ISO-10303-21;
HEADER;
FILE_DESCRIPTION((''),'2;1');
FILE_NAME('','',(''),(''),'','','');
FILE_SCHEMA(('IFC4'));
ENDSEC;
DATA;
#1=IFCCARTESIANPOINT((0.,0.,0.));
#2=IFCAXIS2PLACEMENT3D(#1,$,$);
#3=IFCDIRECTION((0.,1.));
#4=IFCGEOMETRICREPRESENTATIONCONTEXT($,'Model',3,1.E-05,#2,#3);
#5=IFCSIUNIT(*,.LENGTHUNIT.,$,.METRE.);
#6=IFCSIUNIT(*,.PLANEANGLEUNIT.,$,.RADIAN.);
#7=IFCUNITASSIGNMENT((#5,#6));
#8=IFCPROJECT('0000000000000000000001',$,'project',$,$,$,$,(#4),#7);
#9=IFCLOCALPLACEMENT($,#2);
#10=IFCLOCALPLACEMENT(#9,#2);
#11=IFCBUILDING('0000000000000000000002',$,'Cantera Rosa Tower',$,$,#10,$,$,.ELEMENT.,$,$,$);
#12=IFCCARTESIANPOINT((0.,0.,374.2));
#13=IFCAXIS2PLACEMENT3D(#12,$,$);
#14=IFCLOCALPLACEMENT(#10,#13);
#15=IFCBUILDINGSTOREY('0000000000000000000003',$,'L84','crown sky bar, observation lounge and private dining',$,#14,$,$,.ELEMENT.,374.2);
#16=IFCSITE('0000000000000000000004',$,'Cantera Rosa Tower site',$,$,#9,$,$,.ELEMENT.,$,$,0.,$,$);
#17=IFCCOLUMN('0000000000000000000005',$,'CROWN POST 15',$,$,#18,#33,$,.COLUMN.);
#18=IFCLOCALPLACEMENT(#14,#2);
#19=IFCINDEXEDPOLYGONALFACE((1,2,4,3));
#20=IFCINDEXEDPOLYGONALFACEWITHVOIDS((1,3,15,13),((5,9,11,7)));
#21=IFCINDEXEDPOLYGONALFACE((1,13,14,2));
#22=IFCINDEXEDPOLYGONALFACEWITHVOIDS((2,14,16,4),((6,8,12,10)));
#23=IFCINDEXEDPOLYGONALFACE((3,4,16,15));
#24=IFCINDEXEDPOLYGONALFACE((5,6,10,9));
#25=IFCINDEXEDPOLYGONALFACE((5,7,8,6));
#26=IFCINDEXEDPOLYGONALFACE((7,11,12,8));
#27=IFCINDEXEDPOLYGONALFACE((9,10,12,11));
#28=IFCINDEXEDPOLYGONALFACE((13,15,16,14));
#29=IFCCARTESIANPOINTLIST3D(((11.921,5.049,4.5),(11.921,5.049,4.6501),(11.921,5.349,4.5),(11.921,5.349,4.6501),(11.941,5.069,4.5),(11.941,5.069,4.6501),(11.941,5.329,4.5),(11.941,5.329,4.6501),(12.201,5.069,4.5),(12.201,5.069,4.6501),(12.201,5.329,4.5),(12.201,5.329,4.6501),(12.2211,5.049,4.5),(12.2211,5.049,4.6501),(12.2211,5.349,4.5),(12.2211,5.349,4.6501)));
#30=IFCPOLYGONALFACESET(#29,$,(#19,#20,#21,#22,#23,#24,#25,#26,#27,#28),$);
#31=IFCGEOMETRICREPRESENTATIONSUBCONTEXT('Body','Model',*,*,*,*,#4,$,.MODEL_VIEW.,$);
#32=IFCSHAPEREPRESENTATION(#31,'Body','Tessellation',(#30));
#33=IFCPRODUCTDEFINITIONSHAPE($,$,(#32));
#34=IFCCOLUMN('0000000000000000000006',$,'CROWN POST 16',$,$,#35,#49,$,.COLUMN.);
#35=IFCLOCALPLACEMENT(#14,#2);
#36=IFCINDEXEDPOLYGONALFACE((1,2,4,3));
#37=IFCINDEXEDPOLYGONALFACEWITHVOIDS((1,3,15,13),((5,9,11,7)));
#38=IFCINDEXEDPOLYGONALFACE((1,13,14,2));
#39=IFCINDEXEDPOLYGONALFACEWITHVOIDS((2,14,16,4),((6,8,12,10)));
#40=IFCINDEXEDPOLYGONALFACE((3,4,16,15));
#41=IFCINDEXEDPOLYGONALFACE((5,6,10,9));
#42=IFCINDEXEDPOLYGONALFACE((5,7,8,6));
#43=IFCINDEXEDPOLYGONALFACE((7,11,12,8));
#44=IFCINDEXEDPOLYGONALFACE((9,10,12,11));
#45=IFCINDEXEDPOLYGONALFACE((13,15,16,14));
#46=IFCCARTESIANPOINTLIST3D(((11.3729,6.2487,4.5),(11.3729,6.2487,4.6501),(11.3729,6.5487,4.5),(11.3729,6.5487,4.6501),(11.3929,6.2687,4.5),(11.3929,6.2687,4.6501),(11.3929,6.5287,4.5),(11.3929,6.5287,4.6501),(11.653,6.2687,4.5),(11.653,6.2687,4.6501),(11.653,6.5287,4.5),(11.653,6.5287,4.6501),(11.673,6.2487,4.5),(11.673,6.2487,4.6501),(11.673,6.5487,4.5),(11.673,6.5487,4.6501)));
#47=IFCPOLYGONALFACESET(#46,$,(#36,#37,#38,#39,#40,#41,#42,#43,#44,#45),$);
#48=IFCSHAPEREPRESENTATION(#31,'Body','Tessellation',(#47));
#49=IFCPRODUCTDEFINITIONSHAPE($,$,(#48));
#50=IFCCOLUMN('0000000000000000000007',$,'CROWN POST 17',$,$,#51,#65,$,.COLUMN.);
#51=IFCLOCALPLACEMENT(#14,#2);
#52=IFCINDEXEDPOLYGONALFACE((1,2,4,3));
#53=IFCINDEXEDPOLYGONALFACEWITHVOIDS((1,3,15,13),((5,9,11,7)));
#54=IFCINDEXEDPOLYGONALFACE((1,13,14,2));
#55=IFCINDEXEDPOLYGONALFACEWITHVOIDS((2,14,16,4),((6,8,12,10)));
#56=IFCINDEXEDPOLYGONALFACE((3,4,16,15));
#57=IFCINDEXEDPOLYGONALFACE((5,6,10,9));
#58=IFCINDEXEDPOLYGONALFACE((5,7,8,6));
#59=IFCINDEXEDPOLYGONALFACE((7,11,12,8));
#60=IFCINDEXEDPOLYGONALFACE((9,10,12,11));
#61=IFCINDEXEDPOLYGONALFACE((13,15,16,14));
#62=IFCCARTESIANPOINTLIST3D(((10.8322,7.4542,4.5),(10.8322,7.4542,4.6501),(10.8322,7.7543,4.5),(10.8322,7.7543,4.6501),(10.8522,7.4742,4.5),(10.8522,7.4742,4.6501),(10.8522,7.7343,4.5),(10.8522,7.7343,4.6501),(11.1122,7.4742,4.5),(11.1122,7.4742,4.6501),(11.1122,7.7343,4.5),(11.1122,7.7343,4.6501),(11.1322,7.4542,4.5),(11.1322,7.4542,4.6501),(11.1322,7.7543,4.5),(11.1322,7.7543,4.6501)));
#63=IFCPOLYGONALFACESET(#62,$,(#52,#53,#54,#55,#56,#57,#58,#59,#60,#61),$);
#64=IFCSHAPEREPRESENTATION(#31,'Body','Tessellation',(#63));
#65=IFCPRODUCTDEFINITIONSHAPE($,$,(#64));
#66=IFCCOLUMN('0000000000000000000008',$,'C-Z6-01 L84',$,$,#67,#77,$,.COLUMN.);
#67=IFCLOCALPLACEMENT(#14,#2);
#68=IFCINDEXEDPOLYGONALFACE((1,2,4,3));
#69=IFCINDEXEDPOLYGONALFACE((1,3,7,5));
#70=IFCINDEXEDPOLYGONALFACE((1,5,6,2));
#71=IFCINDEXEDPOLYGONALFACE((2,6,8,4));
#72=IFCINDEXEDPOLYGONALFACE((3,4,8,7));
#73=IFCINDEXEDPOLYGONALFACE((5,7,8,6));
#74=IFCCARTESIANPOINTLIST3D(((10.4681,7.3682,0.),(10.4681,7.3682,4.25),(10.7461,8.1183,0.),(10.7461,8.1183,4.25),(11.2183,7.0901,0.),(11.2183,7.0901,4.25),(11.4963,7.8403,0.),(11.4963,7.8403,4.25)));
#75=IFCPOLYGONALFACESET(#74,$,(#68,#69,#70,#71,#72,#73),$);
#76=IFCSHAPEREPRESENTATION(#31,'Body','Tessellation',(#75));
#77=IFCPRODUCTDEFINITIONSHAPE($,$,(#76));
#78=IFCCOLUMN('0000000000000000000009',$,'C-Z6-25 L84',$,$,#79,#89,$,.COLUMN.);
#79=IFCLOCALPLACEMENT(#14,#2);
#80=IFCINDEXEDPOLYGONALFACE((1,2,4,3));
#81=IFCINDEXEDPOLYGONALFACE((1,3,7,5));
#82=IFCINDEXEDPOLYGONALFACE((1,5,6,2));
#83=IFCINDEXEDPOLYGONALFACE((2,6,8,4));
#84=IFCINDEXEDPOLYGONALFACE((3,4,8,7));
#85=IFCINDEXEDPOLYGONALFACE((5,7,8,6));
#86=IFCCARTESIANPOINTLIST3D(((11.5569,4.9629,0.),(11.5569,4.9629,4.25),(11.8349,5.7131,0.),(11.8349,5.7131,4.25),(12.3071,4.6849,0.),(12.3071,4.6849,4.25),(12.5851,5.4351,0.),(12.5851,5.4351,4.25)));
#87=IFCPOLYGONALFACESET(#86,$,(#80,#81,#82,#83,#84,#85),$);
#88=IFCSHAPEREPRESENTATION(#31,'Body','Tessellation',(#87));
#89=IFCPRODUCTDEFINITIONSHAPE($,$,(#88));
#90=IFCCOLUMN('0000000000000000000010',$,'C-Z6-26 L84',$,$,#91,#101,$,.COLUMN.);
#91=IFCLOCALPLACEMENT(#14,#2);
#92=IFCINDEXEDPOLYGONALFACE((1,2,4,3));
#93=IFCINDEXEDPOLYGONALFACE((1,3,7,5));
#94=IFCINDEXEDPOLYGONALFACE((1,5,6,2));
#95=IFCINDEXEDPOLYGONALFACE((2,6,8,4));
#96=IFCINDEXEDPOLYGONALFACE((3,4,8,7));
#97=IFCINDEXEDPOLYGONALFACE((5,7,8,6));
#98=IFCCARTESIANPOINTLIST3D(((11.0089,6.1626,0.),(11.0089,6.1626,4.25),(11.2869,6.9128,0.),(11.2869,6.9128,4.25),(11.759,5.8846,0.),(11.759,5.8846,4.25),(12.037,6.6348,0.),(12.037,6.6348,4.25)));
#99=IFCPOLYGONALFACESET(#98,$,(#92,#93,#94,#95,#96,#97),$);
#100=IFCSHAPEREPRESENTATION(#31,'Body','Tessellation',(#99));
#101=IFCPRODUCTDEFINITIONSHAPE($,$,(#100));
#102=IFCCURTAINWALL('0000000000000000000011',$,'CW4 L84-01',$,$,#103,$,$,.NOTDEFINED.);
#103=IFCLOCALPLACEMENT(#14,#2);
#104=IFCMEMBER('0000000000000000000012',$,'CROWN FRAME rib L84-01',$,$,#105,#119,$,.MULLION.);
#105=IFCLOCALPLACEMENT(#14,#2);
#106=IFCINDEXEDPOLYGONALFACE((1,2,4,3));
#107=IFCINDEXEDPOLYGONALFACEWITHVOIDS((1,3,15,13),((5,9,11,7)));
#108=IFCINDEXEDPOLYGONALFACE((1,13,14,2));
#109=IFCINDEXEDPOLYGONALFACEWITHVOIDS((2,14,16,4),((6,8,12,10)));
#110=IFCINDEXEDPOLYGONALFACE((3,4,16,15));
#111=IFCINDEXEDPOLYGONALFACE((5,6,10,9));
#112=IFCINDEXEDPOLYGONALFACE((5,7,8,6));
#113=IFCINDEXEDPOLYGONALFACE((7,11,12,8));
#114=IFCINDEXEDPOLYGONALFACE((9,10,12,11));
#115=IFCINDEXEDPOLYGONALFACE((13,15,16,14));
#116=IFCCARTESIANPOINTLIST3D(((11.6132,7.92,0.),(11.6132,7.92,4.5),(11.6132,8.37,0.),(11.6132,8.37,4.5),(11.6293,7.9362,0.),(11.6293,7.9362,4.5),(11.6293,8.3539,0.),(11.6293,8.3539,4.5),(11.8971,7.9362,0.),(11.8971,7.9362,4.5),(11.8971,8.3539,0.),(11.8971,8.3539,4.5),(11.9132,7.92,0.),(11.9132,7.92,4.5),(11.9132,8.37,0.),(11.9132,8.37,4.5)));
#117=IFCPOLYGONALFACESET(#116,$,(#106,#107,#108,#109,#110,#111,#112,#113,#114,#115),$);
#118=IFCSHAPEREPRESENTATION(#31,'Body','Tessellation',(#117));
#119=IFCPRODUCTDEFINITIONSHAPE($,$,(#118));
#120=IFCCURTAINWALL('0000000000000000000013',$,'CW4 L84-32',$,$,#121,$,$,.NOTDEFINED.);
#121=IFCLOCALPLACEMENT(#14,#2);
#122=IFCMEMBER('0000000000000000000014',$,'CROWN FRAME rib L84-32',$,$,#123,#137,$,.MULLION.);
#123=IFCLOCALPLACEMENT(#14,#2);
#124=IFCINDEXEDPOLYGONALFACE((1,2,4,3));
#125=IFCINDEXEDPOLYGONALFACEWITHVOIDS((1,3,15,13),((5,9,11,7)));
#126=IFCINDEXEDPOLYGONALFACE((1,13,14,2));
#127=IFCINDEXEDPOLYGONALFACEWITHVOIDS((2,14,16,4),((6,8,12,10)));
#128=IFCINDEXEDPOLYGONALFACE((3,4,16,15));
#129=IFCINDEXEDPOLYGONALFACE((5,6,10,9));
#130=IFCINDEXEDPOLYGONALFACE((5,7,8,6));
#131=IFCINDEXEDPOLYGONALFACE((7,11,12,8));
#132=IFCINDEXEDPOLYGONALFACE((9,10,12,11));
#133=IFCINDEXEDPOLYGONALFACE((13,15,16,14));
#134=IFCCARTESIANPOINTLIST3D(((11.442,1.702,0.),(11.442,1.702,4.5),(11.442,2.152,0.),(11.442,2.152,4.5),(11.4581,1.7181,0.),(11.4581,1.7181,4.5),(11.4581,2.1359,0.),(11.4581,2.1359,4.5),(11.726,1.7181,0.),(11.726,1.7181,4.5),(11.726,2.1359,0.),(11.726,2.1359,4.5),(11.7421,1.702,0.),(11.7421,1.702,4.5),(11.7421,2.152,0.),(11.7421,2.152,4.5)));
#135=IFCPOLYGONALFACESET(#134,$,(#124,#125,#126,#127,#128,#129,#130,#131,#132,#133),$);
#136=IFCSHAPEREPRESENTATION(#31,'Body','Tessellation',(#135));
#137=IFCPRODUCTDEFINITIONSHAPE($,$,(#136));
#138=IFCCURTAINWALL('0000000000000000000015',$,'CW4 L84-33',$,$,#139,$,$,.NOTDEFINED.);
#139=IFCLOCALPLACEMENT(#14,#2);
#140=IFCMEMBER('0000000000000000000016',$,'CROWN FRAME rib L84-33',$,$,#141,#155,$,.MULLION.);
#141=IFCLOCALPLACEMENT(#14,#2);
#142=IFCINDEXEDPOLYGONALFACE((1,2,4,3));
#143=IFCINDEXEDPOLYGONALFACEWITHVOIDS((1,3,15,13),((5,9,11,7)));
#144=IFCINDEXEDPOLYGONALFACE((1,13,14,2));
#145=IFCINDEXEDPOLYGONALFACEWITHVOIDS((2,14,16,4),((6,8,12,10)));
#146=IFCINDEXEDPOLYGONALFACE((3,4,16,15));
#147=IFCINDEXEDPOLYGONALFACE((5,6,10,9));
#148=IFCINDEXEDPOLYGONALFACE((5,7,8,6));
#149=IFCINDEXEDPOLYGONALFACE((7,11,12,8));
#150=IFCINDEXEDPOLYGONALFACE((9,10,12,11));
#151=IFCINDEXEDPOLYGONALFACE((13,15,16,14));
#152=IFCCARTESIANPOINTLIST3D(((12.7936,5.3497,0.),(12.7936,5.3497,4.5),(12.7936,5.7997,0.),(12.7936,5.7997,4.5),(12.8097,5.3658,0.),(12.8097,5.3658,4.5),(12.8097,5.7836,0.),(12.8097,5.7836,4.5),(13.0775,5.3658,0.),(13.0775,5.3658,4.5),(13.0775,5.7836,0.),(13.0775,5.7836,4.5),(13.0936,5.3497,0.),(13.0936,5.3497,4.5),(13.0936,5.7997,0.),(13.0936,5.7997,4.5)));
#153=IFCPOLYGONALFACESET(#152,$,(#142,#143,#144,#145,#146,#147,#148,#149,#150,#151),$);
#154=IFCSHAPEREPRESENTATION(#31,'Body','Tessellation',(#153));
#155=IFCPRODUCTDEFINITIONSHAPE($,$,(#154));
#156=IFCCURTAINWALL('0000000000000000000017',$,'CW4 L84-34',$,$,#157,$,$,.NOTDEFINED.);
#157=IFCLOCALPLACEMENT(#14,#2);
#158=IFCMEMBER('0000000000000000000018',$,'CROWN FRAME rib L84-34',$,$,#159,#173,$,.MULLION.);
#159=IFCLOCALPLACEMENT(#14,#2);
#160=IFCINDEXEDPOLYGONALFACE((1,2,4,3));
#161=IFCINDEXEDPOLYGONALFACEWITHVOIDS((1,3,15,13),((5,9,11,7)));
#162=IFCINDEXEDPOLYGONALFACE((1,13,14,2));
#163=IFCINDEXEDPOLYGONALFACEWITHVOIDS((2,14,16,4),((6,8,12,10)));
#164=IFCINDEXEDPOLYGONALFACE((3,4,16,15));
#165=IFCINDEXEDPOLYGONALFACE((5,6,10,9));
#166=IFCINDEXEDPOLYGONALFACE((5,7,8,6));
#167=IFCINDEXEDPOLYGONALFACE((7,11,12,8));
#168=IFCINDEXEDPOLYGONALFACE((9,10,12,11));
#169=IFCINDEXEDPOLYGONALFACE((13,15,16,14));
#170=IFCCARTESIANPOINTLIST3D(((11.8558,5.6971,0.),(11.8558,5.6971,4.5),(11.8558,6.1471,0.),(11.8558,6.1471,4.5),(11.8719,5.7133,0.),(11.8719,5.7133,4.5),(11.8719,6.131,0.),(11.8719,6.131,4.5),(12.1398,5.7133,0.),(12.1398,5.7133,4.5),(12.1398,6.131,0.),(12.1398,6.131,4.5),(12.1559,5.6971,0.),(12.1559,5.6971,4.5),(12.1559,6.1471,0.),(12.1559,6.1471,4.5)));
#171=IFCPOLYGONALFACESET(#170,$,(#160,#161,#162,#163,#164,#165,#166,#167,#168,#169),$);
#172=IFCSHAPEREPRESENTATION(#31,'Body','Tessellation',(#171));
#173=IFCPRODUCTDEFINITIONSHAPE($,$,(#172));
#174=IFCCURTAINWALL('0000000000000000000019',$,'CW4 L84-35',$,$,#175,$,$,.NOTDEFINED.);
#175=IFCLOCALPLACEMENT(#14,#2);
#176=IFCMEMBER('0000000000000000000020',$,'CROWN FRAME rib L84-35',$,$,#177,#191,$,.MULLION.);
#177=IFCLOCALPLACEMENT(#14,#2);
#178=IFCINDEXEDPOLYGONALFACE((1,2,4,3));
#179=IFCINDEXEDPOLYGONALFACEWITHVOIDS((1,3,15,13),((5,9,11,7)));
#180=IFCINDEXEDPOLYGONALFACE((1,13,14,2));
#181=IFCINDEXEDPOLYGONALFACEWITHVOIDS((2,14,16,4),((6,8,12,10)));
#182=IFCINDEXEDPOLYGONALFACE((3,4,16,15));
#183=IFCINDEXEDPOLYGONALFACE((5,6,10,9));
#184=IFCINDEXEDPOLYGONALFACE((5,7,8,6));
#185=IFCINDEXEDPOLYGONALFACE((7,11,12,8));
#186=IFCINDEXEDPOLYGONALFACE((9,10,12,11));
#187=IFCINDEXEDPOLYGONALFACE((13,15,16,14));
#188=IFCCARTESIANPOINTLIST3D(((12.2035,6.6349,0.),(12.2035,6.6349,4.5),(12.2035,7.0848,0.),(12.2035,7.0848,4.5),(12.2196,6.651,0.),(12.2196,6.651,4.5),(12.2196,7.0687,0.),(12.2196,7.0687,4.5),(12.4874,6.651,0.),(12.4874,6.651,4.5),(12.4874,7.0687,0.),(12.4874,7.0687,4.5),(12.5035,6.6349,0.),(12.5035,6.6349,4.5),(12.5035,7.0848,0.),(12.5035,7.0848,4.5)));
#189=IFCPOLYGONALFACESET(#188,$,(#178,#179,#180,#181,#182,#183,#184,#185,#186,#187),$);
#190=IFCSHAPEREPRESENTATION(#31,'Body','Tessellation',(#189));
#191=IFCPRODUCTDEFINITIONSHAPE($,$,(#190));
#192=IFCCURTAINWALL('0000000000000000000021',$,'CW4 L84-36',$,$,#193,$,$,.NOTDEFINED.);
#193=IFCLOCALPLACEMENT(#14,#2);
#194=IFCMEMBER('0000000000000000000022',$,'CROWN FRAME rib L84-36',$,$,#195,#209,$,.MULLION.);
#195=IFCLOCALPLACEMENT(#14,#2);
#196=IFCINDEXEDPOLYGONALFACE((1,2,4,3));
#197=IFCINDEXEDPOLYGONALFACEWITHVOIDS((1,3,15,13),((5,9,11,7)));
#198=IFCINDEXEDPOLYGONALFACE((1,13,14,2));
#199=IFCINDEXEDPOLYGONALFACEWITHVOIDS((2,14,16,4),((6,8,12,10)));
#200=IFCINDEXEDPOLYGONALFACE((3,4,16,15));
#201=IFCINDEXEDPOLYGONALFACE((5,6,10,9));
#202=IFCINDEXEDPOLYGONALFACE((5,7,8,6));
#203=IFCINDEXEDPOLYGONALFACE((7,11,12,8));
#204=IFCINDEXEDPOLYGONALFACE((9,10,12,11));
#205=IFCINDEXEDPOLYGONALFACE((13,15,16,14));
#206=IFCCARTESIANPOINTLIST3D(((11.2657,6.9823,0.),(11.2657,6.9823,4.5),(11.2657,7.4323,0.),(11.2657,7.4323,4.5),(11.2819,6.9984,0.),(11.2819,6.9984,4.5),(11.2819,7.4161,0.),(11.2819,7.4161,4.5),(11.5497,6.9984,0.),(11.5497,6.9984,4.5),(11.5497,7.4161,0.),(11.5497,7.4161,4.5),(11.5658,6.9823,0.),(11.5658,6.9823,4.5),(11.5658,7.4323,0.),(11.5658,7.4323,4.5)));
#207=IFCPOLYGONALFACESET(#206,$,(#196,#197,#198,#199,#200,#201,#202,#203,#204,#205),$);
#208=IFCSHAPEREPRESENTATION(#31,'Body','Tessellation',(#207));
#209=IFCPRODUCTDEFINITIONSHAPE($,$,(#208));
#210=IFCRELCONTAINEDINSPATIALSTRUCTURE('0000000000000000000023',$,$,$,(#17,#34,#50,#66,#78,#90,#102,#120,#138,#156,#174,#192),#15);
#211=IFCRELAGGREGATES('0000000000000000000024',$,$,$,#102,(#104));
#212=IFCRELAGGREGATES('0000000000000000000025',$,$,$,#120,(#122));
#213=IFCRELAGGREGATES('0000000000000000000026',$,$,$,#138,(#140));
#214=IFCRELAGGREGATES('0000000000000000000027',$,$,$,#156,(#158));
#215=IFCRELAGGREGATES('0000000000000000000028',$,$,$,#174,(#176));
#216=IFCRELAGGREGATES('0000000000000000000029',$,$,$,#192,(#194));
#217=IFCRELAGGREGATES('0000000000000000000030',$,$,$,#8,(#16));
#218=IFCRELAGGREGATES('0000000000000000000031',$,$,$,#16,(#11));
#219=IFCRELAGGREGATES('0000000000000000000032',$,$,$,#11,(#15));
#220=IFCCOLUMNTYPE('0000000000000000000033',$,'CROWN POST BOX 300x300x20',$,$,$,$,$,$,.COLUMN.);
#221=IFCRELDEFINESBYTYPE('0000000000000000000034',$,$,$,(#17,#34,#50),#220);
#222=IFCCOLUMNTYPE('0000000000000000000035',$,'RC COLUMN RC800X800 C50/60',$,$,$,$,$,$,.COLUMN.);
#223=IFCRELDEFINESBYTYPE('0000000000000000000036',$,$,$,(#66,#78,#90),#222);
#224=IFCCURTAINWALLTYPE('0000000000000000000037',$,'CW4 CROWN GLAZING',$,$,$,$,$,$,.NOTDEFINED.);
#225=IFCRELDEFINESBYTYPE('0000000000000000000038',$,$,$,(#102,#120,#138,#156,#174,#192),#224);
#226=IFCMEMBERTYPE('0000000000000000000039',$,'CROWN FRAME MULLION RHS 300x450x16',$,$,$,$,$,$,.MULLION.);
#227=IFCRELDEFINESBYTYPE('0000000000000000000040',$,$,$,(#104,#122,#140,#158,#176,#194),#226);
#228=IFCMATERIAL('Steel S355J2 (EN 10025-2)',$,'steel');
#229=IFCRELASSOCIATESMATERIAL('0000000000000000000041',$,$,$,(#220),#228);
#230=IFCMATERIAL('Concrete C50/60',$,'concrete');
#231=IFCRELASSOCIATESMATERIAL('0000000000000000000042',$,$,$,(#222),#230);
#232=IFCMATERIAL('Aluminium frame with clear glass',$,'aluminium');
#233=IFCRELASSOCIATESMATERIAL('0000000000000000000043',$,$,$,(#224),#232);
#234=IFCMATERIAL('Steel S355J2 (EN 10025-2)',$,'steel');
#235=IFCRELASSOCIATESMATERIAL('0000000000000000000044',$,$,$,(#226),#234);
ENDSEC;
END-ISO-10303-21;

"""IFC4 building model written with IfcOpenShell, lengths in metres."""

from ifc_helpers import new_model, si_unit, direction, frame, origin, origin_2d, place, context, subcontext, project, spatial, rectangle, hollow_rectangle, extrude, material, material_profile, profile_set, type_object, element, aggregate, save


model = new_model("IFC4")

# Units and contexts
model_context = context("Model", 3, precision=1e-05, world=origin(), true_north=direction((0.0, 1.0)))
body_context = subcontext(model_context, "Body", "Model", "MODEL_VIEW")
ifc_project = project(units=[si_unit("LENGTHUNIT", "METRE"), si_unit("PLANEANGLEUNIT", "RADIAN")], contexts=[model_context])

# Site, building, storey
site_placement = place(None, origin())
site = spatial("IfcSite", under=ifc_project, at=site_placement, Name="Cantera Rosa Tower site", CompositionType="ELEMENT", RefElevation=0.0)
building_placement = place(site_placement, origin())
building = spatial("IfcBuilding", under=site, at=building_placement, Name="Cantera Rosa Tower", CompositionType="ELEMENT")
storey_placement = place(building_placement, frame((0.0, 0.0, 374.2)))
storey = spatial("IfcBuildingStorey", under=building, at=storey_placement, Name="L84", Description="crown sky bar, observation lounge and private dining", CompositionType="ELEMENT", Elevation=374.2)

# Columns
ifc_material_1 = material(Name="Steel S355J2 (EN 10025-2)", Category="steel")
ifc_material_profile_1 = material_profile(ifc_material_1, hollow_rectangle(XDim=0.3, YDim=0.3, WallThickness=0.02, at=origin_2d()), Name="CROWN POST BOX 300x300x20")
ifc_profile_set_1 = profile_set([ifc_material_profile_1], Name="Steel S355J2 (EN 10025-2)")
column_type_1 = type_object("IfcColumnType", Name="CROWN POST BOX 300x300x20", PredefinedType="COLUMN", material=ifc_profile_set_1)
for number, where, z_axis, x_axis, name in (
    (1, (12.071, 5.199, 4.5), (0.0, 0.0, 1.0), (1.0, 0.0, 0.0), "CROWN POST 15"),
    (2, (11.5229, 6.3987, 4.5), (0.0, 0.0, 1.0), (1.0, 0.0, 0.0), "CROWN POST 16"),
    (3, (10.9822, 7.6042, 4.5), (0.0, 0.0, 1.0), (1.0, 0.0, 0.0), "CROWN POST 17"),
):
    element("IfcColumn", number, at=place(storey_placement, frame(where, z_axis=z_axis, x_axis=x_axis)), inside=storey, type_object=column_type_1, Name=name, PredefinedType="COLUMN", context=body_context, shape_type="SweptSolid", body=[
        extrude(hollow_rectangle(XDim=0.3, YDim=0.3, WallThickness=0.02, at=origin_2d()), origin(), (0.0, 0.0, 1.0), 0.1501),
    ])
ifc_material_2 = material(Name="Concrete C50/60", Category="concrete")
ifc_material_profile_2 = material_profile(ifc_material_2, rectangle(XDim=0.8, YDim=0.8, at=origin_2d()), Name="RC COLUMN RC800X800 C50/60")
ifc_profile_set_2 = profile_set([ifc_material_profile_2], Name="Concrete C50/60")
column_type_2 = type_object("IfcColumnType", Name="RC COLUMN RC800X800 C50/60", PredefinedType="COLUMN", material=ifc_profile_set_2)
for number, where, z_axis, x_axis, name in (
    (4, (10.9822, 7.6042, 0.0), (0.0, 0.0, 1.0), (0.347481, 0.937687, 0.0), "C-Z6-01 L84"),
    (5, (12.071, 5.199, 0.0), (0.0, 0.0, 1.0), (0.347481, 0.937687, 0.0), "C-Z6-25 L84"),
    (6, (11.5229, 6.3987, 0.0), (0.0, 0.0, 1.0), (0.347481, 0.937687, 0.0), "C-Z6-26 L84"),
):
    element("IfcColumn", number, at=place(storey_placement, frame(where, z_axis=z_axis, x_axis=x_axis)), inside=storey, type_object=column_type_2, Name=name, PredefinedType="COLUMN", context=body_context, shape_type="SweptSolid", body=[
        extrude(rectangle(XDim=0.8, YDim=0.8, at=origin_2d()), origin(), (0.0, 0.0, 1.0), 4.25),
    ])

# Curtain walls, members
ifc_material_3 = material(Name="Aluminium frame with clear glass", Category="aluminium")
curtain_wall_type = type_object("IfcCurtainWallType", Name="CW4 CROWN GLAZING", PredefinedType="NOTDEFINED", material=ifc_material_3)
curtain_wall_1_placement = place(storey_placement, origin())
curtain_wall_1 = element("IfcCurtainWall", 7, at=curtain_wall_1_placement, inside=storey, type_object=curtain_wall_type, Name="CW4 L84-01", PredefinedType="NOTDEFINED")
ifc_material_4 = material(Name="Steel S355J2 (EN 10025-2)", Category="steel")
ifc_material_profile_3 = material_profile(ifc_material_4, hollow_rectangle(XDim=0.3, YDim=0.45, WallThickness=0.0161, at=origin_2d()), Name="CROWN FRAME MULLION RHS 300x450x16")
ifc_profile_set_3 = profile_set([ifc_material_profile_3], Name="Steel S355J2 (EN 10025-2)")
member_type = type_object("IfcMemberType", Name="CROWN FRAME MULLION RHS 300x450x16", PredefinedType="MULLION", material=ifc_profile_set_3)
member_1_placement = place(storey_placement, frame((11.7632, 8.145, 0.0), z_axis=(0.0, 0.0, 1.0), x_axis=(1.0, 0.0, 0.0)))
member_1 = element("IfcMember", 8, at=member_1_placement, type_object=member_type, Name="CROWN FRAME rib L84-01", PredefinedType="MULLION", context=body_context, shape_type="SweptSolid", body=[
    extrude(hollow_rectangle(XDim=0.3, YDim=0.45, WallThickness=0.0161, at=origin_2d()), origin(), (0.0, 0.0, 1.0), 4.5),
])
curtain_wall_2_placement = place(storey_placement, origin())
curtain_wall_2 = element("IfcCurtainWall", 9, at=curtain_wall_2_placement, inside=storey, type_object=curtain_wall_type, Name="CW4 L84-32", PredefinedType="NOTDEFINED")
member_2_placement = place(storey_placement, frame((11.592, 1.927, 0.0), z_axis=(0.0, 0.0, 1.0), x_axis=(1.0, 0.0, 0.0)))
member_2 = element("IfcMember", 10, at=member_2_placement, type_object=member_type, Name="CROWN FRAME rib L84-32", PredefinedType="MULLION", context=body_context, shape_type="SweptSolid", body=[
    extrude(hollow_rectangle(XDim=0.3, YDim=0.45, WallThickness=0.0161, at=origin_2d()), origin(), (0.0, 0.0, 1.0), 4.5),
])
curtain_wall_3_placement = place(storey_placement, origin())
curtain_wall_3 = element("IfcCurtainWall", 11, at=curtain_wall_3_placement, inside=storey, type_object=curtain_wall_type, Name="CW4 L84-33", PredefinedType="NOTDEFINED")
member_3_placement = place(storey_placement, frame((12.9436, 5.5747, 0.0), z_axis=(0.0, 0.0, 1.0), x_axis=(1.0, 0.0, 0.0)))
member_3 = element("IfcMember", 12, at=member_3_placement, type_object=member_type, Name="CROWN FRAME rib L84-33", PredefinedType="MULLION", context=body_context, shape_type="SweptSolid", body=[
    extrude(hollow_rectangle(XDim=0.3, YDim=0.45, WallThickness=0.0161, at=origin_2d()), origin(), (0.0, 0.0, 1.0), 4.5),
])
curtain_wall_4_placement = place(storey_placement, origin())
curtain_wall_4 = element("IfcCurtainWall", 13, at=curtain_wall_4_placement, inside=storey, type_object=curtain_wall_type, Name="CW4 L84-34", PredefinedType="NOTDEFINED")
member_4_placement = place(storey_placement, frame((12.0059, 5.9221, 0.0), z_axis=(0.0, 0.0, 1.0), x_axis=(1.0, 0.0, 0.0)))
member_4 = element("IfcMember", 14, at=member_4_placement, type_object=member_type, Name="CROWN FRAME rib L84-34", PredefinedType="MULLION", context=body_context, shape_type="SweptSolid", body=[
    extrude(hollow_rectangle(XDim=0.3, YDim=0.45, WallThickness=0.0161, at=origin_2d()), origin(), (0.0, 0.0, 1.0), 4.5),
])
curtain_wall_5_placement = place(storey_placement, origin())
curtain_wall_5 = element("IfcCurtainWall", 15, at=curtain_wall_5_placement, inside=storey, type_object=curtain_wall_type, Name="CW4 L84-35", PredefinedType="NOTDEFINED")
member_5_placement = place(storey_placement, frame((12.3535, 6.8599, 0.0), z_axis=(0.0, 0.0, 1.0), x_axis=(1.0, 0.0, 0.0)))
member_5 = element("IfcMember", 16, at=member_5_placement, type_object=member_type, Name="CROWN FRAME rib L84-35", PredefinedType="MULLION", context=body_context, shape_type="SweptSolid", body=[
    extrude(hollow_rectangle(XDim=0.3, YDim=0.45, WallThickness=0.0161, at=origin_2d()), origin(), (0.0, 0.0, 1.0), 4.5),
])
curtain_wall_6_placement = place(storey_placement, origin())
curtain_wall_6 = element("IfcCurtainWall", 17, at=curtain_wall_6_placement, inside=storey, type_object=curtain_wall_type, Name="CW4 L84-36", PredefinedType="NOTDEFINED")
member_6_placement = place(storey_placement, frame((11.4158, 7.2073, 0.0), z_axis=(0.0, 0.0, 1.0), x_axis=(1.0, 0.0, 0.0)))
member_6 = element("IfcMember", 18, at=member_6_placement, type_object=member_type, Name="CROWN FRAME rib L84-36", PredefinedType="MULLION", context=body_context, shape_type="SweptSolid", body=[
    extrude(hollow_rectangle(XDim=0.3, YDim=0.45, WallThickness=0.0161, at=origin_2d()), origin(), (0.0, 0.0, 1.0), 4.5),
])

aggregate(curtain_wall_1, [member_1])
aggregate(curtain_wall_2, [member_2])
aggregate(curtain_wall_3, [member_3])
aggregate(curtain_wall_4, [member_4])
aggregate(curtain_wall_5, [member_5])
aggregate(curtain_wall_6, [member_6])

save(model, "model.ifc")
